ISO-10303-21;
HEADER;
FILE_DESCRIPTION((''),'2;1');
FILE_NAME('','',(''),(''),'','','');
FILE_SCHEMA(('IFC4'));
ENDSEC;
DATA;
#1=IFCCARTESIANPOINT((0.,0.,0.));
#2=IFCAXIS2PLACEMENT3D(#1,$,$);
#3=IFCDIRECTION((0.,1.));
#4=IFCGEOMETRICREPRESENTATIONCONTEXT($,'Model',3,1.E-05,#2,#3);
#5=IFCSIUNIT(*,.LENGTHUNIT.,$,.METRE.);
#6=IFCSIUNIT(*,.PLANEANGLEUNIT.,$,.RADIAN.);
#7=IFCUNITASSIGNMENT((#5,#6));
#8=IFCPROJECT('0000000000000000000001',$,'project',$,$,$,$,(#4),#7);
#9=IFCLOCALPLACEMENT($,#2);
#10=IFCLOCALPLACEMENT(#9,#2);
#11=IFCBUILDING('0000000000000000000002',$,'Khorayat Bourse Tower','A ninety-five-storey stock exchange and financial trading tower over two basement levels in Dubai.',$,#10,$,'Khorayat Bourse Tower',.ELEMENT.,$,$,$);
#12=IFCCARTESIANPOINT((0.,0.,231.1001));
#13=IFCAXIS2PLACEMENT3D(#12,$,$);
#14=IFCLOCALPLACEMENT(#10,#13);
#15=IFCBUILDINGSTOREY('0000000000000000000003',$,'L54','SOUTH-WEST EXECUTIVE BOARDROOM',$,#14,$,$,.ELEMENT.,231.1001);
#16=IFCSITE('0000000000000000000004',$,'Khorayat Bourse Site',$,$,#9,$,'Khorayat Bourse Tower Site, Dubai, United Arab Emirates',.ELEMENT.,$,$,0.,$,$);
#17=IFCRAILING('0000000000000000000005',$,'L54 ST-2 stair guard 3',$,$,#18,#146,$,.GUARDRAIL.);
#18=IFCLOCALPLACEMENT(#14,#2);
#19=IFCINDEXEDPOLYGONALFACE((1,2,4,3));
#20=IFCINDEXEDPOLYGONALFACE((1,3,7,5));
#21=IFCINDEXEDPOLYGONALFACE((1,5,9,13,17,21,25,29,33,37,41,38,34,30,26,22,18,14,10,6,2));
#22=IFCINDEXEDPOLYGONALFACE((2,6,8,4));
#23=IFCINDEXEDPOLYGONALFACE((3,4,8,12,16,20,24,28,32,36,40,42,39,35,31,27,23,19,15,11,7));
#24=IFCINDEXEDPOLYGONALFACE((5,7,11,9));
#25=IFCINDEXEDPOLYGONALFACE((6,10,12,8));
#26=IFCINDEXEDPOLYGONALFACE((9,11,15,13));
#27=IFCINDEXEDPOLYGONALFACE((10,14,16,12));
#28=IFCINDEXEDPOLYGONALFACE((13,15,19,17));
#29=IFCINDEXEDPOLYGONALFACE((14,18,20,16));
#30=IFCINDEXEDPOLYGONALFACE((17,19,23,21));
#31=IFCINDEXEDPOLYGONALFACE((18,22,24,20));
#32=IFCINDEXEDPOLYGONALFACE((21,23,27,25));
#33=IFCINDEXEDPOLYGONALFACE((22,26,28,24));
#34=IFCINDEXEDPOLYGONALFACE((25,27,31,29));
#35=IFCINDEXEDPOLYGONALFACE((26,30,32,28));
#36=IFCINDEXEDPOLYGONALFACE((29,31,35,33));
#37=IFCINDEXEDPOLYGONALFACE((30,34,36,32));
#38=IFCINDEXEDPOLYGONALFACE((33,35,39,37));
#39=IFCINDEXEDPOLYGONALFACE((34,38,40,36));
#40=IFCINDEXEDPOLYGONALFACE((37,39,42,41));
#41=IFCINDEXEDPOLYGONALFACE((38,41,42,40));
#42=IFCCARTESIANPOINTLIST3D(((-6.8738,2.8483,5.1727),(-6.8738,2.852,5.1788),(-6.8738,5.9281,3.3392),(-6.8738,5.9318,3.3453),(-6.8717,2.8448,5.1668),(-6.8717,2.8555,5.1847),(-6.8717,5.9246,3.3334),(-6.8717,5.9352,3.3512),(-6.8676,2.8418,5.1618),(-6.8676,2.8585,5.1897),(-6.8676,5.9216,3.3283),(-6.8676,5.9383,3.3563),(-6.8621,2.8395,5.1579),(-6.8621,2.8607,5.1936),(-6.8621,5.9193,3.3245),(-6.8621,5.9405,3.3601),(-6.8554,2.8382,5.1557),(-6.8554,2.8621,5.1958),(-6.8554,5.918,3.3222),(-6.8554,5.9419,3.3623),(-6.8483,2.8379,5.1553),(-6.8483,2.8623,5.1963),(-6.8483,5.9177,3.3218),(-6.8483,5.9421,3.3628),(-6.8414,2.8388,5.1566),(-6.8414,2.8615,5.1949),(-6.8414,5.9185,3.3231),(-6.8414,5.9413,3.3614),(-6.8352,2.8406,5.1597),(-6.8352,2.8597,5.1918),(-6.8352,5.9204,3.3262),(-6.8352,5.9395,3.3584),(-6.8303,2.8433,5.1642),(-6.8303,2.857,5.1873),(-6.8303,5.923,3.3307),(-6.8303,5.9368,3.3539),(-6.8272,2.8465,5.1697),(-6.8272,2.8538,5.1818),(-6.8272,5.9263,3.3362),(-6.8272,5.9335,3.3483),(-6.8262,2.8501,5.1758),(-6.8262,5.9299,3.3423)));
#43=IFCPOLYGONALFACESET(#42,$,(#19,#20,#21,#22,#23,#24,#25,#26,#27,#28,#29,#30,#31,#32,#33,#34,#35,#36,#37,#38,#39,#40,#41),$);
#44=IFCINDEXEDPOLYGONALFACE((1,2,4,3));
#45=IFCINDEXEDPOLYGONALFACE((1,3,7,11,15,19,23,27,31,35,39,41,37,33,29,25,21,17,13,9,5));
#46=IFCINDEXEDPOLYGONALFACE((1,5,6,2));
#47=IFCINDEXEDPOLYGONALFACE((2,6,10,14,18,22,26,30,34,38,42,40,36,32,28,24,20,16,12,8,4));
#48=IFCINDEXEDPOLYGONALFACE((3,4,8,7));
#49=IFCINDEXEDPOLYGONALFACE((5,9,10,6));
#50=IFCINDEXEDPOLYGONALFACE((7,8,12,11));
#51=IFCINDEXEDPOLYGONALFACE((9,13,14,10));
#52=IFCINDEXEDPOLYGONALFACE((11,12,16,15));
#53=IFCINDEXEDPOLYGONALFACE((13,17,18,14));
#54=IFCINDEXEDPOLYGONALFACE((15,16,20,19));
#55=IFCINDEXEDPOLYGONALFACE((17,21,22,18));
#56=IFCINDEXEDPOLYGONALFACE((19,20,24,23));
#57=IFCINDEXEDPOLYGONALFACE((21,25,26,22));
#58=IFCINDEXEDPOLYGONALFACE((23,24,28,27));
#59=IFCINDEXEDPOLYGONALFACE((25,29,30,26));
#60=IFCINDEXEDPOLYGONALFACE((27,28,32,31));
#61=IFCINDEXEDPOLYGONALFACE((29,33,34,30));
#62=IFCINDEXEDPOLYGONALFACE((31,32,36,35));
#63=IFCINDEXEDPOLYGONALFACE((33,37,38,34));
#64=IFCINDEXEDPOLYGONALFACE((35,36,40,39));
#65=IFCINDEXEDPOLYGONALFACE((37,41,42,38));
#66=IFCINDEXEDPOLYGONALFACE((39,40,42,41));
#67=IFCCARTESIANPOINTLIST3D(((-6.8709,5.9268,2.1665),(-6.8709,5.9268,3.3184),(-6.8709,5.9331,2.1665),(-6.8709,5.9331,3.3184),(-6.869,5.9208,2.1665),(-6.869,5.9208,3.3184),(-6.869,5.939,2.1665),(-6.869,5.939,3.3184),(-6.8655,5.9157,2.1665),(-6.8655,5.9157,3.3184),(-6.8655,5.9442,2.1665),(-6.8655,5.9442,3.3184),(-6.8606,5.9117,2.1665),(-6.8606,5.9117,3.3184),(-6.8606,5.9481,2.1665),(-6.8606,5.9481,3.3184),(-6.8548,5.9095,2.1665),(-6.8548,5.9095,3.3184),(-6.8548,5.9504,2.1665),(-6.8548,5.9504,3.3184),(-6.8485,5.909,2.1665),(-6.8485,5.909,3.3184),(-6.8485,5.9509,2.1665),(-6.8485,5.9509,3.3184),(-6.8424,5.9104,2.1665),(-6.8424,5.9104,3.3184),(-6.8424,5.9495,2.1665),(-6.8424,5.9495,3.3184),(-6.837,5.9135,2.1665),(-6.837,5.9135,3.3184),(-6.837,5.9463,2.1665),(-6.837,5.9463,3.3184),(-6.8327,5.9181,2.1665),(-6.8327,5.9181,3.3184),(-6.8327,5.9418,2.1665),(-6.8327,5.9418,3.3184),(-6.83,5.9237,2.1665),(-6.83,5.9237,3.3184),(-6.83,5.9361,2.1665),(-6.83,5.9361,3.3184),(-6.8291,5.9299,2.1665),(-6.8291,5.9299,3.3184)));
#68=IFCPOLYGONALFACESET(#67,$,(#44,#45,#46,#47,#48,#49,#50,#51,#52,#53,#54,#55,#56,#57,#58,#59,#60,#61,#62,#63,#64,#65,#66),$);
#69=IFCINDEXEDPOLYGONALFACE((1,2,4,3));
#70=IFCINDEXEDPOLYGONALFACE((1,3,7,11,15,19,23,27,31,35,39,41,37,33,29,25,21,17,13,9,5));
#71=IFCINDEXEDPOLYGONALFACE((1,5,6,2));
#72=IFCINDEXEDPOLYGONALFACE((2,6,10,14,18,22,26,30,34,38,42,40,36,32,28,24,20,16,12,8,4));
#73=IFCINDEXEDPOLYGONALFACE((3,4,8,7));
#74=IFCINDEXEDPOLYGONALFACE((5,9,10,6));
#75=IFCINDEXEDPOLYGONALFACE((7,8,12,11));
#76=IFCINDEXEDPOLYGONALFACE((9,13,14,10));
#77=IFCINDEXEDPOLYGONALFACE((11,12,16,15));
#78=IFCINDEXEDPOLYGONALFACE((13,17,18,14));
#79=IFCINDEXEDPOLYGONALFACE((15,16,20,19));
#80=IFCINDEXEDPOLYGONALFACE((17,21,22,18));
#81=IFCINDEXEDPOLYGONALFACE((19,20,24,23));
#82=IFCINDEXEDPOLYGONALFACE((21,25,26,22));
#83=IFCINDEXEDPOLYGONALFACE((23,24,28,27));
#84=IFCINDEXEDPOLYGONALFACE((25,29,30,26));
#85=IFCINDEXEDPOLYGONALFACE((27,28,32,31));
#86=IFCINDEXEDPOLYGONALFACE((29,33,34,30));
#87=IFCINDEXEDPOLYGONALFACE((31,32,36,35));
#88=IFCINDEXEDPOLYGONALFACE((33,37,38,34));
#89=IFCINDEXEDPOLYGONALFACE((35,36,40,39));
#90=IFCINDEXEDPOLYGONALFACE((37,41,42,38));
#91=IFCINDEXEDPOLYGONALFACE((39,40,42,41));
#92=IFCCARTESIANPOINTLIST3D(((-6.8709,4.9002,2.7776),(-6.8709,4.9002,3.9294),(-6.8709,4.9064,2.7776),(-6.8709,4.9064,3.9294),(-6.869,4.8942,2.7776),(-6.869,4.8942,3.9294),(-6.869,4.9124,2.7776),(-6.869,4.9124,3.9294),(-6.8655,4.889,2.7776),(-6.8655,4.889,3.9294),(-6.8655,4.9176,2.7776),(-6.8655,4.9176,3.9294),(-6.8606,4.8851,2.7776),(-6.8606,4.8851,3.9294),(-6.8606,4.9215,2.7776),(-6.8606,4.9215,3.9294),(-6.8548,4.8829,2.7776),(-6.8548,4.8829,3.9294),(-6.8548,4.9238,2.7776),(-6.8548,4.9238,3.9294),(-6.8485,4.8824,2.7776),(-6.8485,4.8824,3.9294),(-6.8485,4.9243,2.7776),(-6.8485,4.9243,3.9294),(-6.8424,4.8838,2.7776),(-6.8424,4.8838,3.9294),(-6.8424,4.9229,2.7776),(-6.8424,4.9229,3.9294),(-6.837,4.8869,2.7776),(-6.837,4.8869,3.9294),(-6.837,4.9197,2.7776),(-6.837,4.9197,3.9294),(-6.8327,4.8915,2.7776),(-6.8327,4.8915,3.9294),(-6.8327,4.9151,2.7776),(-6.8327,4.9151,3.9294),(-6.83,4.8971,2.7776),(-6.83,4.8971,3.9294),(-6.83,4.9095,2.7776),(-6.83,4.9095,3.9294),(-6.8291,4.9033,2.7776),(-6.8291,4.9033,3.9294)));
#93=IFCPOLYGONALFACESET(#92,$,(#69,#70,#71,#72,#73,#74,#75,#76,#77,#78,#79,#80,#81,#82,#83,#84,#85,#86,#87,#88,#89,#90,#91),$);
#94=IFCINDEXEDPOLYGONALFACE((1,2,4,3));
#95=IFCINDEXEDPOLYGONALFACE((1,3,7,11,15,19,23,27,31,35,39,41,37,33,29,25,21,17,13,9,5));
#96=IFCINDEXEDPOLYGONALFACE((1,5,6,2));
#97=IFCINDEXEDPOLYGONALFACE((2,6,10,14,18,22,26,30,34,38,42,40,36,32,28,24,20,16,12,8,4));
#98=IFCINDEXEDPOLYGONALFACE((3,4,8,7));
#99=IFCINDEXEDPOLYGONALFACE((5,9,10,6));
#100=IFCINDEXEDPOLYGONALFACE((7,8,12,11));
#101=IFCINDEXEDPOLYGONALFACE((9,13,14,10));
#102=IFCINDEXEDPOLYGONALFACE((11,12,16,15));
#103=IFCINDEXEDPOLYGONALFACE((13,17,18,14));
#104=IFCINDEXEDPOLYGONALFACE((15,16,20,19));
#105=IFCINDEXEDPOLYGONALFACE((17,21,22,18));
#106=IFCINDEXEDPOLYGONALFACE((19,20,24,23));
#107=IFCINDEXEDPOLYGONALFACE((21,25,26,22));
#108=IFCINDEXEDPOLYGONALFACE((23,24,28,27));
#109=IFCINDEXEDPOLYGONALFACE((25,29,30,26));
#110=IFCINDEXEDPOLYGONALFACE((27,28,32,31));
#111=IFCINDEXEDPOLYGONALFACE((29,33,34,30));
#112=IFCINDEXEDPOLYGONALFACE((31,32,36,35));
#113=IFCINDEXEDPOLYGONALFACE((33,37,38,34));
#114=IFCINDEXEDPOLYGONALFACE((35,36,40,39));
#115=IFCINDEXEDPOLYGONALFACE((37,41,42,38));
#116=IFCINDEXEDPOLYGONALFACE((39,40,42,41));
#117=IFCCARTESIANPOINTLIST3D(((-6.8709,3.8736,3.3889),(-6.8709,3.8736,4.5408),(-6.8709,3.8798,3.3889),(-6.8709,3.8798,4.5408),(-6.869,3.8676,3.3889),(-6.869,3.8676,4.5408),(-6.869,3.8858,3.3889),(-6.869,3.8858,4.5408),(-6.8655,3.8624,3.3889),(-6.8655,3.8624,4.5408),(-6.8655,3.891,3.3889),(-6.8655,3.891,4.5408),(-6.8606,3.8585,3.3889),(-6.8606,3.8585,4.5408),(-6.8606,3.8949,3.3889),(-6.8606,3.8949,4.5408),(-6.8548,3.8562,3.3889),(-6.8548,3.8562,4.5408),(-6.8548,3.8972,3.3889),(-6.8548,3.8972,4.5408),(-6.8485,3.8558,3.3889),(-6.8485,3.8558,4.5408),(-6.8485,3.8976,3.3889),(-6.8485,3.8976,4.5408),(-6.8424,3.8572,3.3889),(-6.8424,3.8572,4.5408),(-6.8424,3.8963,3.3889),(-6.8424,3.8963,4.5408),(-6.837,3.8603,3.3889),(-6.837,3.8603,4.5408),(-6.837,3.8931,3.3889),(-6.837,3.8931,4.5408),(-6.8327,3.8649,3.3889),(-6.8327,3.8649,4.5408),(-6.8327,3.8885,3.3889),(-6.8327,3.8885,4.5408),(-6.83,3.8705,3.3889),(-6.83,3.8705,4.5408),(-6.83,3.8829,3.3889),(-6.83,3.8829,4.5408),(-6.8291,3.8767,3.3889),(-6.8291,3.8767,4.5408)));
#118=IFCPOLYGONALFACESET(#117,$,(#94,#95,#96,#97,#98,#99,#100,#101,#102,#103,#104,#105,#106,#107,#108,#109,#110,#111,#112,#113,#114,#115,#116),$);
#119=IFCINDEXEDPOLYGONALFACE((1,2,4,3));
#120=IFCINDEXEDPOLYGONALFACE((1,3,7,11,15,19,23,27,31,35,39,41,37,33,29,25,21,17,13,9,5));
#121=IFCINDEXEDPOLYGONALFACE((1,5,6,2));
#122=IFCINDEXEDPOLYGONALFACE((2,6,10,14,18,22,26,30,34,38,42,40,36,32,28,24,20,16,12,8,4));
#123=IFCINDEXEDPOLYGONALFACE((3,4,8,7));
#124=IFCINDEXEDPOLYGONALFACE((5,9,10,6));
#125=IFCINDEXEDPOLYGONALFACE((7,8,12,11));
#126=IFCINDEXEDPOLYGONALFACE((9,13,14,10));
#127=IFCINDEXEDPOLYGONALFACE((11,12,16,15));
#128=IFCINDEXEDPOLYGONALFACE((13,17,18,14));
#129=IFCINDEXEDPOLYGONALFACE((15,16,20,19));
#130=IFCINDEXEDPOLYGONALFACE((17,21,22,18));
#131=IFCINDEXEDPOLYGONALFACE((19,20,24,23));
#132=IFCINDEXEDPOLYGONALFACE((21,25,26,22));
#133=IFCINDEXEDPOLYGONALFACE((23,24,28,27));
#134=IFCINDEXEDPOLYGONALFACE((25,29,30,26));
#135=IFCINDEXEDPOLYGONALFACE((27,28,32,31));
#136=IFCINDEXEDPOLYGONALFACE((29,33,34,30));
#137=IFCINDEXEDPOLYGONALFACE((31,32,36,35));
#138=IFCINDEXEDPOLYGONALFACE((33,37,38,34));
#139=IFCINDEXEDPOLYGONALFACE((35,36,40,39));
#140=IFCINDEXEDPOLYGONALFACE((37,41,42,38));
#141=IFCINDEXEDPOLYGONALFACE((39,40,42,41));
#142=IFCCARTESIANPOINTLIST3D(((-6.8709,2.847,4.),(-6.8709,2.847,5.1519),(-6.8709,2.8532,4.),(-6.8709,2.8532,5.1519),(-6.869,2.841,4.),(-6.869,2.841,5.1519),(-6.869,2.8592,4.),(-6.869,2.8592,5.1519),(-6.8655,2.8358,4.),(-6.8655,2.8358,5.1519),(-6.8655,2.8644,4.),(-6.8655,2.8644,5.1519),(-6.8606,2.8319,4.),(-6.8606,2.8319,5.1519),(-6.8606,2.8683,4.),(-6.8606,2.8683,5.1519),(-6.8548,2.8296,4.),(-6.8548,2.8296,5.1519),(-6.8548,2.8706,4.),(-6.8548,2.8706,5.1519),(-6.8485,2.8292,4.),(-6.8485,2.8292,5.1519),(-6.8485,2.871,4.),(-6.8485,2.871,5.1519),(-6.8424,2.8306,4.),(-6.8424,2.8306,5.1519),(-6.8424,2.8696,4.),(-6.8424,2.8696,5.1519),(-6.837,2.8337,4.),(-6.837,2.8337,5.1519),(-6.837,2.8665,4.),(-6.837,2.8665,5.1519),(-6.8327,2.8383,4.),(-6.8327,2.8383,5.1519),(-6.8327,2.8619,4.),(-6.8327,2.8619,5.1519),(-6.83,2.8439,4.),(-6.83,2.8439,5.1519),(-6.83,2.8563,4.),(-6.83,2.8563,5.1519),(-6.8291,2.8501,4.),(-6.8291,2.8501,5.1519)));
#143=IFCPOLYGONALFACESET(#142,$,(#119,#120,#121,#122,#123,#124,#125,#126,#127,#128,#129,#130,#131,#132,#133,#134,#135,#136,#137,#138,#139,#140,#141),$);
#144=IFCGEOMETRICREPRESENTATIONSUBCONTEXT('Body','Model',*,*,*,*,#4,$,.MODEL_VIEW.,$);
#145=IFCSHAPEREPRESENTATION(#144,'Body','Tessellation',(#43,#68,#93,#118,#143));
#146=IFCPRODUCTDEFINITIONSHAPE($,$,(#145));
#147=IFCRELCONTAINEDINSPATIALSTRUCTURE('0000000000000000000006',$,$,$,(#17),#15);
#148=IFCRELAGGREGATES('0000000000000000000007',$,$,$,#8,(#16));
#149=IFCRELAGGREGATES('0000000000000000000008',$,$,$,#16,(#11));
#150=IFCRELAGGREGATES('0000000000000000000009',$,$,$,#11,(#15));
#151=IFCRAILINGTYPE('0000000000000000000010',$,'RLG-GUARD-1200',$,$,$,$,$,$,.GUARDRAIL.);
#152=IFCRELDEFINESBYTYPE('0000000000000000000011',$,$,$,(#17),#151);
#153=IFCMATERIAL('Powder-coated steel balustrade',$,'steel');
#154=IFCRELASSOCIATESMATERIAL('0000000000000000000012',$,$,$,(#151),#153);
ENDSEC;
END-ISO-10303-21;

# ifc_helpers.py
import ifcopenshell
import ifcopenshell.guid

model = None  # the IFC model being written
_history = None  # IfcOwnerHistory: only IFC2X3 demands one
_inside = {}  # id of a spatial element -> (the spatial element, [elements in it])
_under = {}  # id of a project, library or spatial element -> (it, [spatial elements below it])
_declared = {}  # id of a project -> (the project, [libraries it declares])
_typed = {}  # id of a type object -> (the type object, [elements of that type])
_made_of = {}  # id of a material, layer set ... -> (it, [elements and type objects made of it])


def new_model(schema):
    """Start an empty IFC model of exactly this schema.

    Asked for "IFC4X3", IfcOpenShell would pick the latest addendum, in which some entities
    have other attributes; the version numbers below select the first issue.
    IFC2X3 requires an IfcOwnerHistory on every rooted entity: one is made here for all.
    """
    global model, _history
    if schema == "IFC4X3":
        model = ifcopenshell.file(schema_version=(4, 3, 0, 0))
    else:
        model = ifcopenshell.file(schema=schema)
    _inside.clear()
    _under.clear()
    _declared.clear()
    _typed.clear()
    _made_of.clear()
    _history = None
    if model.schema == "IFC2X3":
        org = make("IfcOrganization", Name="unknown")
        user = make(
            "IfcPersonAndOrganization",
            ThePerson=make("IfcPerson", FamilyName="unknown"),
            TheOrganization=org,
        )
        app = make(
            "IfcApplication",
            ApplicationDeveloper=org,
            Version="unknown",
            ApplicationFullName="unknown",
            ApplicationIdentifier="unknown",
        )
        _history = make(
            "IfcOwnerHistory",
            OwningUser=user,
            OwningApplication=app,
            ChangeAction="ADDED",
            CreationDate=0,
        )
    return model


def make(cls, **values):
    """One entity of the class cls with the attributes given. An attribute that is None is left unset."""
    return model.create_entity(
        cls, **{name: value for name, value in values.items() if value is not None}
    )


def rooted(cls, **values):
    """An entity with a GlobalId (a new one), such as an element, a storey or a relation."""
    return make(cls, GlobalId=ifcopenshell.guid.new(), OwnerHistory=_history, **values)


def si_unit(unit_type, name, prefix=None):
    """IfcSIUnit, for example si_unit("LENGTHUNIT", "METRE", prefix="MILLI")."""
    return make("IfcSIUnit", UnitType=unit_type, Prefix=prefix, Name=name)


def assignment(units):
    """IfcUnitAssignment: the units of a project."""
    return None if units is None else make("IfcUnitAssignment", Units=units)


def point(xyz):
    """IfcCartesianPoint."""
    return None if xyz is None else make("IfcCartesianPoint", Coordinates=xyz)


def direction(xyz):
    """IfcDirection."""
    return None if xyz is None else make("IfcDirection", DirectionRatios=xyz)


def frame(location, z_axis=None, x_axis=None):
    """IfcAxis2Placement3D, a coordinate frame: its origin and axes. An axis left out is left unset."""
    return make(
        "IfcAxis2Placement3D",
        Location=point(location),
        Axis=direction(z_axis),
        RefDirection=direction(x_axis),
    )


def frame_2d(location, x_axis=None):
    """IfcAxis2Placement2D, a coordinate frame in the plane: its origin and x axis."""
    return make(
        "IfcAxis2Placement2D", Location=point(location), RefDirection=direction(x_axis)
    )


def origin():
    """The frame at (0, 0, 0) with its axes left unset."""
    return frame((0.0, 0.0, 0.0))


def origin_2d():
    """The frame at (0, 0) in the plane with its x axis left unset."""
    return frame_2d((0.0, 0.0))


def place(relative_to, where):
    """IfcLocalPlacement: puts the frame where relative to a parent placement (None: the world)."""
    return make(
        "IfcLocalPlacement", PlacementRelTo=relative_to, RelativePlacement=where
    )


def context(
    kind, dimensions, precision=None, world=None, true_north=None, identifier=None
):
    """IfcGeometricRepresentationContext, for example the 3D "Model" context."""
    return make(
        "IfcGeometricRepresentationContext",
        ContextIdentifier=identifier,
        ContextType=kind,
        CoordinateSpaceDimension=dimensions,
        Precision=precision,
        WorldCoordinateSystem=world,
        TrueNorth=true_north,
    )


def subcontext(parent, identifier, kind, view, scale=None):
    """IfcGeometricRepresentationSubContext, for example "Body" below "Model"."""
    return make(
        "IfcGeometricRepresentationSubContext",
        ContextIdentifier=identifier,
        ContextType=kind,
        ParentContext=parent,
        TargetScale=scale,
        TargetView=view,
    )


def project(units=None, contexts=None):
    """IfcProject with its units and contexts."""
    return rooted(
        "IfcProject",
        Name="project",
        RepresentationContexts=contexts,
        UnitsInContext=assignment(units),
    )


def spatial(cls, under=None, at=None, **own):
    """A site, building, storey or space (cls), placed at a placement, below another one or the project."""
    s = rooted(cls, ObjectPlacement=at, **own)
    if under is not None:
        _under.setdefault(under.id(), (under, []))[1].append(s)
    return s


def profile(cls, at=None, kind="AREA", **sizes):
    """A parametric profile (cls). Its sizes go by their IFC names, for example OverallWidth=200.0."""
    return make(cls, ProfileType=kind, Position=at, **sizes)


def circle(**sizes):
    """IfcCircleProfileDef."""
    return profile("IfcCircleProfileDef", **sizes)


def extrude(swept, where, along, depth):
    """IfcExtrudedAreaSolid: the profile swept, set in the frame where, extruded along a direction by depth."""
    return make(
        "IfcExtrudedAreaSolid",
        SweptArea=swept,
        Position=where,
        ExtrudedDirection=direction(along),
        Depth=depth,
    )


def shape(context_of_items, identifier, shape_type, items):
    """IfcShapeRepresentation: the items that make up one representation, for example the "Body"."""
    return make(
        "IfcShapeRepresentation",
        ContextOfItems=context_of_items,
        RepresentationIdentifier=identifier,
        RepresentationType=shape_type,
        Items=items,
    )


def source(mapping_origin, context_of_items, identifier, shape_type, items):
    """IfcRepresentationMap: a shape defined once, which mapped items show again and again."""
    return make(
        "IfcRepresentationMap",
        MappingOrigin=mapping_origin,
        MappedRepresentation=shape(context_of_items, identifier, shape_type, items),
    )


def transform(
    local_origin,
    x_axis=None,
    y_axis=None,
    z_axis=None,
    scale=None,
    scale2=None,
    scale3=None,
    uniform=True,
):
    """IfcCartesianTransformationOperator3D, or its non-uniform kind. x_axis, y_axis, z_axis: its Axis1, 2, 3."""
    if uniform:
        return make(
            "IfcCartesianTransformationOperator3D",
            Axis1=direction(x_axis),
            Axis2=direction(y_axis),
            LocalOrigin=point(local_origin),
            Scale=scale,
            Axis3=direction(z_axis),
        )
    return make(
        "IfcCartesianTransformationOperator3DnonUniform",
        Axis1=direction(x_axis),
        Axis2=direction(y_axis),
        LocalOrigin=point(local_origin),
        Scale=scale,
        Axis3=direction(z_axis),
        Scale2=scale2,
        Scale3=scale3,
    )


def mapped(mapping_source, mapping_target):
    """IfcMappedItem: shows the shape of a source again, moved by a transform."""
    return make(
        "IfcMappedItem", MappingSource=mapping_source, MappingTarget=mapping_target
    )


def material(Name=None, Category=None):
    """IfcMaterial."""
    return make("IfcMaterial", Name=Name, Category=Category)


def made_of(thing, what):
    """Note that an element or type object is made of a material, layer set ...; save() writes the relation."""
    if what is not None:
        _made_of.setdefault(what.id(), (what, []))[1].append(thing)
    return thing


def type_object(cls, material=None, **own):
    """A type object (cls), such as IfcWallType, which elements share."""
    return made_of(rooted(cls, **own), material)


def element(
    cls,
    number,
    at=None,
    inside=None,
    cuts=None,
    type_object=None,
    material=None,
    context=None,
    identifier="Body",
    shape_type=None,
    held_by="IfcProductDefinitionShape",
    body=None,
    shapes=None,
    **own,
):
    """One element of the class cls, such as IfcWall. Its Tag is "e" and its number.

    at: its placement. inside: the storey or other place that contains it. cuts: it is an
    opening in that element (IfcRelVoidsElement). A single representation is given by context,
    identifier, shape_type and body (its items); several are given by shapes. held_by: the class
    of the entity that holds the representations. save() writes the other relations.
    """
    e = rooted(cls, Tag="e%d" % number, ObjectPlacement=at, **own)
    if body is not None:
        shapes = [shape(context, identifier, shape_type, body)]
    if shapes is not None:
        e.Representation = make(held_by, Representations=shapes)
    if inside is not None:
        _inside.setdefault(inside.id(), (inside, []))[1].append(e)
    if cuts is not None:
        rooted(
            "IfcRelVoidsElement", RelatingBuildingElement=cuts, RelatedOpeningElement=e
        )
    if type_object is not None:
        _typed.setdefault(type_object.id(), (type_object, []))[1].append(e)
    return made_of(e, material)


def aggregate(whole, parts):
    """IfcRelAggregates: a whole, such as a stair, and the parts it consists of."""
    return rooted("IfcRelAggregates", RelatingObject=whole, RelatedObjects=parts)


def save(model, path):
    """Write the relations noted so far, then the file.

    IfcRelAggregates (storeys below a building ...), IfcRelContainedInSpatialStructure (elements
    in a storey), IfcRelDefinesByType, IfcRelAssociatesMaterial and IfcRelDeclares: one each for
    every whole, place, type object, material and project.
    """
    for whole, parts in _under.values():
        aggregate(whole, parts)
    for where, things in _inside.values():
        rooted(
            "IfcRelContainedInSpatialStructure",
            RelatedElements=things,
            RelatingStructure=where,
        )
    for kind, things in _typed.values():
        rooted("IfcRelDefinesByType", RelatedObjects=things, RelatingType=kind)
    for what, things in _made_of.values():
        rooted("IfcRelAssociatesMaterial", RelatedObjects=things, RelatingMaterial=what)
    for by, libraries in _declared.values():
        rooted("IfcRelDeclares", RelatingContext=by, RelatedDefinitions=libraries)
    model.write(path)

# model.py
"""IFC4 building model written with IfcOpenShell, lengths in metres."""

from ifc_helpers import new_model, si_unit, direction, frame, origin, origin_2d, place, context, subcontext, project, spatial, circle, extrude, source, transform, mapped, material, type_object, element, save


model = new_model("IFC4")

# Units and contexts
model_context = context("Model", 3, precision=1e-05, world=origin(), true_north=direction((0.0, 1.0)))
body_context = subcontext(model_context, "Body", "Model", "MODEL_VIEW")
ifc_project = project(units=[si_unit("LENGTHUNIT", "METRE"), si_unit("PLANEANGLEUNIT", "RADIAN")], contexts=[model_context])

# Site, building, storey
site_placement = place(None, origin())
site = spatial("IfcSite", under=ifc_project, at=site_placement, Name="Khorayat Bourse Site", LongName="Khorayat Bourse Tower Site, Dubai, United Arab Emirates", CompositionType="ELEMENT", RefElevation=0.0)
building_placement = place(site_placement, origin())
building = spatial("IfcBuilding", under=site, at=building_placement, Name="Khorayat Bourse Tower", Description="A ninety-five-storey stock exchange and financial trading tower over two basement levels in Dubai.", LongName="Khorayat Bourse Tower", CompositionType="ELEMENT")
storey_placement = place(building_placement, frame((0.0, 0.0, 231.1001)))
storey = spatial("IfcBuildingStorey", under=building, at=storey_placement, Name="L54", Description="SOUTH-WEST EXECUTIVE BOARDROOM", CompositionType="ELEMENT", Elevation=231.1001)

# Railing
ifc_material_1 = material(Name="Powder-coated steel balustrade", Category="steel")
railing_type_1 = type_object("IfcRailingType", Name="RLG-GUARD-1200", PredefinedType="GUARDRAIL", material=ifc_material_1)
shared_shape_1 = source(origin(), body_context, "Body", "SweptSolid", [
    extrude(circle(Radius=0.0239, at=origin_2d()), frame((0.0, 0.0, 1.1758), z_axis=(0.0, -0.859261, 0.511538), x_axis=(1.0, 0.0, 0.0)), (0.0, 0.0, 1.0), 3.5842),
    extrude(circle(Radius=0.021, at=origin_2d()), origin(), (0.0, 0.0, 1.0), 1.1519),
    extrude(circle(Radius=0.021, at=origin_2d()), frame((0.0, -1.0266, 0.6111)), (0.0, 0.0, 1.0), 1.1519),
    extrude(circle(Radius=0.021, at=origin_2d()), frame((0.0, -2.0532, 1.2224)), (0.0, 0.0, 1.0), 1.1519),
    extrude(circle(Radius=0.021, at=origin_2d()), frame((0.0, -3.0798, 1.8335)), (0.0, 0.0, 1.0), 1.1519),
])
railing_1_placement = place(storey_placement, frame((-6.8501, 5.9299, 2.1665)))
element("IfcRailing", 1, at=railing_1_placement, inside=storey, type_object=railing_type_1, Name="L54 ST-2 stair guard 3", PredefinedType="GUARDRAIL", context=body_context, shape_type="MappedRepresentation", body=[
    mapped(shared_shape_1, transform((0.0, 0.0, 0.0), scale=1.0)),
])

save(model, "model.ifc")
